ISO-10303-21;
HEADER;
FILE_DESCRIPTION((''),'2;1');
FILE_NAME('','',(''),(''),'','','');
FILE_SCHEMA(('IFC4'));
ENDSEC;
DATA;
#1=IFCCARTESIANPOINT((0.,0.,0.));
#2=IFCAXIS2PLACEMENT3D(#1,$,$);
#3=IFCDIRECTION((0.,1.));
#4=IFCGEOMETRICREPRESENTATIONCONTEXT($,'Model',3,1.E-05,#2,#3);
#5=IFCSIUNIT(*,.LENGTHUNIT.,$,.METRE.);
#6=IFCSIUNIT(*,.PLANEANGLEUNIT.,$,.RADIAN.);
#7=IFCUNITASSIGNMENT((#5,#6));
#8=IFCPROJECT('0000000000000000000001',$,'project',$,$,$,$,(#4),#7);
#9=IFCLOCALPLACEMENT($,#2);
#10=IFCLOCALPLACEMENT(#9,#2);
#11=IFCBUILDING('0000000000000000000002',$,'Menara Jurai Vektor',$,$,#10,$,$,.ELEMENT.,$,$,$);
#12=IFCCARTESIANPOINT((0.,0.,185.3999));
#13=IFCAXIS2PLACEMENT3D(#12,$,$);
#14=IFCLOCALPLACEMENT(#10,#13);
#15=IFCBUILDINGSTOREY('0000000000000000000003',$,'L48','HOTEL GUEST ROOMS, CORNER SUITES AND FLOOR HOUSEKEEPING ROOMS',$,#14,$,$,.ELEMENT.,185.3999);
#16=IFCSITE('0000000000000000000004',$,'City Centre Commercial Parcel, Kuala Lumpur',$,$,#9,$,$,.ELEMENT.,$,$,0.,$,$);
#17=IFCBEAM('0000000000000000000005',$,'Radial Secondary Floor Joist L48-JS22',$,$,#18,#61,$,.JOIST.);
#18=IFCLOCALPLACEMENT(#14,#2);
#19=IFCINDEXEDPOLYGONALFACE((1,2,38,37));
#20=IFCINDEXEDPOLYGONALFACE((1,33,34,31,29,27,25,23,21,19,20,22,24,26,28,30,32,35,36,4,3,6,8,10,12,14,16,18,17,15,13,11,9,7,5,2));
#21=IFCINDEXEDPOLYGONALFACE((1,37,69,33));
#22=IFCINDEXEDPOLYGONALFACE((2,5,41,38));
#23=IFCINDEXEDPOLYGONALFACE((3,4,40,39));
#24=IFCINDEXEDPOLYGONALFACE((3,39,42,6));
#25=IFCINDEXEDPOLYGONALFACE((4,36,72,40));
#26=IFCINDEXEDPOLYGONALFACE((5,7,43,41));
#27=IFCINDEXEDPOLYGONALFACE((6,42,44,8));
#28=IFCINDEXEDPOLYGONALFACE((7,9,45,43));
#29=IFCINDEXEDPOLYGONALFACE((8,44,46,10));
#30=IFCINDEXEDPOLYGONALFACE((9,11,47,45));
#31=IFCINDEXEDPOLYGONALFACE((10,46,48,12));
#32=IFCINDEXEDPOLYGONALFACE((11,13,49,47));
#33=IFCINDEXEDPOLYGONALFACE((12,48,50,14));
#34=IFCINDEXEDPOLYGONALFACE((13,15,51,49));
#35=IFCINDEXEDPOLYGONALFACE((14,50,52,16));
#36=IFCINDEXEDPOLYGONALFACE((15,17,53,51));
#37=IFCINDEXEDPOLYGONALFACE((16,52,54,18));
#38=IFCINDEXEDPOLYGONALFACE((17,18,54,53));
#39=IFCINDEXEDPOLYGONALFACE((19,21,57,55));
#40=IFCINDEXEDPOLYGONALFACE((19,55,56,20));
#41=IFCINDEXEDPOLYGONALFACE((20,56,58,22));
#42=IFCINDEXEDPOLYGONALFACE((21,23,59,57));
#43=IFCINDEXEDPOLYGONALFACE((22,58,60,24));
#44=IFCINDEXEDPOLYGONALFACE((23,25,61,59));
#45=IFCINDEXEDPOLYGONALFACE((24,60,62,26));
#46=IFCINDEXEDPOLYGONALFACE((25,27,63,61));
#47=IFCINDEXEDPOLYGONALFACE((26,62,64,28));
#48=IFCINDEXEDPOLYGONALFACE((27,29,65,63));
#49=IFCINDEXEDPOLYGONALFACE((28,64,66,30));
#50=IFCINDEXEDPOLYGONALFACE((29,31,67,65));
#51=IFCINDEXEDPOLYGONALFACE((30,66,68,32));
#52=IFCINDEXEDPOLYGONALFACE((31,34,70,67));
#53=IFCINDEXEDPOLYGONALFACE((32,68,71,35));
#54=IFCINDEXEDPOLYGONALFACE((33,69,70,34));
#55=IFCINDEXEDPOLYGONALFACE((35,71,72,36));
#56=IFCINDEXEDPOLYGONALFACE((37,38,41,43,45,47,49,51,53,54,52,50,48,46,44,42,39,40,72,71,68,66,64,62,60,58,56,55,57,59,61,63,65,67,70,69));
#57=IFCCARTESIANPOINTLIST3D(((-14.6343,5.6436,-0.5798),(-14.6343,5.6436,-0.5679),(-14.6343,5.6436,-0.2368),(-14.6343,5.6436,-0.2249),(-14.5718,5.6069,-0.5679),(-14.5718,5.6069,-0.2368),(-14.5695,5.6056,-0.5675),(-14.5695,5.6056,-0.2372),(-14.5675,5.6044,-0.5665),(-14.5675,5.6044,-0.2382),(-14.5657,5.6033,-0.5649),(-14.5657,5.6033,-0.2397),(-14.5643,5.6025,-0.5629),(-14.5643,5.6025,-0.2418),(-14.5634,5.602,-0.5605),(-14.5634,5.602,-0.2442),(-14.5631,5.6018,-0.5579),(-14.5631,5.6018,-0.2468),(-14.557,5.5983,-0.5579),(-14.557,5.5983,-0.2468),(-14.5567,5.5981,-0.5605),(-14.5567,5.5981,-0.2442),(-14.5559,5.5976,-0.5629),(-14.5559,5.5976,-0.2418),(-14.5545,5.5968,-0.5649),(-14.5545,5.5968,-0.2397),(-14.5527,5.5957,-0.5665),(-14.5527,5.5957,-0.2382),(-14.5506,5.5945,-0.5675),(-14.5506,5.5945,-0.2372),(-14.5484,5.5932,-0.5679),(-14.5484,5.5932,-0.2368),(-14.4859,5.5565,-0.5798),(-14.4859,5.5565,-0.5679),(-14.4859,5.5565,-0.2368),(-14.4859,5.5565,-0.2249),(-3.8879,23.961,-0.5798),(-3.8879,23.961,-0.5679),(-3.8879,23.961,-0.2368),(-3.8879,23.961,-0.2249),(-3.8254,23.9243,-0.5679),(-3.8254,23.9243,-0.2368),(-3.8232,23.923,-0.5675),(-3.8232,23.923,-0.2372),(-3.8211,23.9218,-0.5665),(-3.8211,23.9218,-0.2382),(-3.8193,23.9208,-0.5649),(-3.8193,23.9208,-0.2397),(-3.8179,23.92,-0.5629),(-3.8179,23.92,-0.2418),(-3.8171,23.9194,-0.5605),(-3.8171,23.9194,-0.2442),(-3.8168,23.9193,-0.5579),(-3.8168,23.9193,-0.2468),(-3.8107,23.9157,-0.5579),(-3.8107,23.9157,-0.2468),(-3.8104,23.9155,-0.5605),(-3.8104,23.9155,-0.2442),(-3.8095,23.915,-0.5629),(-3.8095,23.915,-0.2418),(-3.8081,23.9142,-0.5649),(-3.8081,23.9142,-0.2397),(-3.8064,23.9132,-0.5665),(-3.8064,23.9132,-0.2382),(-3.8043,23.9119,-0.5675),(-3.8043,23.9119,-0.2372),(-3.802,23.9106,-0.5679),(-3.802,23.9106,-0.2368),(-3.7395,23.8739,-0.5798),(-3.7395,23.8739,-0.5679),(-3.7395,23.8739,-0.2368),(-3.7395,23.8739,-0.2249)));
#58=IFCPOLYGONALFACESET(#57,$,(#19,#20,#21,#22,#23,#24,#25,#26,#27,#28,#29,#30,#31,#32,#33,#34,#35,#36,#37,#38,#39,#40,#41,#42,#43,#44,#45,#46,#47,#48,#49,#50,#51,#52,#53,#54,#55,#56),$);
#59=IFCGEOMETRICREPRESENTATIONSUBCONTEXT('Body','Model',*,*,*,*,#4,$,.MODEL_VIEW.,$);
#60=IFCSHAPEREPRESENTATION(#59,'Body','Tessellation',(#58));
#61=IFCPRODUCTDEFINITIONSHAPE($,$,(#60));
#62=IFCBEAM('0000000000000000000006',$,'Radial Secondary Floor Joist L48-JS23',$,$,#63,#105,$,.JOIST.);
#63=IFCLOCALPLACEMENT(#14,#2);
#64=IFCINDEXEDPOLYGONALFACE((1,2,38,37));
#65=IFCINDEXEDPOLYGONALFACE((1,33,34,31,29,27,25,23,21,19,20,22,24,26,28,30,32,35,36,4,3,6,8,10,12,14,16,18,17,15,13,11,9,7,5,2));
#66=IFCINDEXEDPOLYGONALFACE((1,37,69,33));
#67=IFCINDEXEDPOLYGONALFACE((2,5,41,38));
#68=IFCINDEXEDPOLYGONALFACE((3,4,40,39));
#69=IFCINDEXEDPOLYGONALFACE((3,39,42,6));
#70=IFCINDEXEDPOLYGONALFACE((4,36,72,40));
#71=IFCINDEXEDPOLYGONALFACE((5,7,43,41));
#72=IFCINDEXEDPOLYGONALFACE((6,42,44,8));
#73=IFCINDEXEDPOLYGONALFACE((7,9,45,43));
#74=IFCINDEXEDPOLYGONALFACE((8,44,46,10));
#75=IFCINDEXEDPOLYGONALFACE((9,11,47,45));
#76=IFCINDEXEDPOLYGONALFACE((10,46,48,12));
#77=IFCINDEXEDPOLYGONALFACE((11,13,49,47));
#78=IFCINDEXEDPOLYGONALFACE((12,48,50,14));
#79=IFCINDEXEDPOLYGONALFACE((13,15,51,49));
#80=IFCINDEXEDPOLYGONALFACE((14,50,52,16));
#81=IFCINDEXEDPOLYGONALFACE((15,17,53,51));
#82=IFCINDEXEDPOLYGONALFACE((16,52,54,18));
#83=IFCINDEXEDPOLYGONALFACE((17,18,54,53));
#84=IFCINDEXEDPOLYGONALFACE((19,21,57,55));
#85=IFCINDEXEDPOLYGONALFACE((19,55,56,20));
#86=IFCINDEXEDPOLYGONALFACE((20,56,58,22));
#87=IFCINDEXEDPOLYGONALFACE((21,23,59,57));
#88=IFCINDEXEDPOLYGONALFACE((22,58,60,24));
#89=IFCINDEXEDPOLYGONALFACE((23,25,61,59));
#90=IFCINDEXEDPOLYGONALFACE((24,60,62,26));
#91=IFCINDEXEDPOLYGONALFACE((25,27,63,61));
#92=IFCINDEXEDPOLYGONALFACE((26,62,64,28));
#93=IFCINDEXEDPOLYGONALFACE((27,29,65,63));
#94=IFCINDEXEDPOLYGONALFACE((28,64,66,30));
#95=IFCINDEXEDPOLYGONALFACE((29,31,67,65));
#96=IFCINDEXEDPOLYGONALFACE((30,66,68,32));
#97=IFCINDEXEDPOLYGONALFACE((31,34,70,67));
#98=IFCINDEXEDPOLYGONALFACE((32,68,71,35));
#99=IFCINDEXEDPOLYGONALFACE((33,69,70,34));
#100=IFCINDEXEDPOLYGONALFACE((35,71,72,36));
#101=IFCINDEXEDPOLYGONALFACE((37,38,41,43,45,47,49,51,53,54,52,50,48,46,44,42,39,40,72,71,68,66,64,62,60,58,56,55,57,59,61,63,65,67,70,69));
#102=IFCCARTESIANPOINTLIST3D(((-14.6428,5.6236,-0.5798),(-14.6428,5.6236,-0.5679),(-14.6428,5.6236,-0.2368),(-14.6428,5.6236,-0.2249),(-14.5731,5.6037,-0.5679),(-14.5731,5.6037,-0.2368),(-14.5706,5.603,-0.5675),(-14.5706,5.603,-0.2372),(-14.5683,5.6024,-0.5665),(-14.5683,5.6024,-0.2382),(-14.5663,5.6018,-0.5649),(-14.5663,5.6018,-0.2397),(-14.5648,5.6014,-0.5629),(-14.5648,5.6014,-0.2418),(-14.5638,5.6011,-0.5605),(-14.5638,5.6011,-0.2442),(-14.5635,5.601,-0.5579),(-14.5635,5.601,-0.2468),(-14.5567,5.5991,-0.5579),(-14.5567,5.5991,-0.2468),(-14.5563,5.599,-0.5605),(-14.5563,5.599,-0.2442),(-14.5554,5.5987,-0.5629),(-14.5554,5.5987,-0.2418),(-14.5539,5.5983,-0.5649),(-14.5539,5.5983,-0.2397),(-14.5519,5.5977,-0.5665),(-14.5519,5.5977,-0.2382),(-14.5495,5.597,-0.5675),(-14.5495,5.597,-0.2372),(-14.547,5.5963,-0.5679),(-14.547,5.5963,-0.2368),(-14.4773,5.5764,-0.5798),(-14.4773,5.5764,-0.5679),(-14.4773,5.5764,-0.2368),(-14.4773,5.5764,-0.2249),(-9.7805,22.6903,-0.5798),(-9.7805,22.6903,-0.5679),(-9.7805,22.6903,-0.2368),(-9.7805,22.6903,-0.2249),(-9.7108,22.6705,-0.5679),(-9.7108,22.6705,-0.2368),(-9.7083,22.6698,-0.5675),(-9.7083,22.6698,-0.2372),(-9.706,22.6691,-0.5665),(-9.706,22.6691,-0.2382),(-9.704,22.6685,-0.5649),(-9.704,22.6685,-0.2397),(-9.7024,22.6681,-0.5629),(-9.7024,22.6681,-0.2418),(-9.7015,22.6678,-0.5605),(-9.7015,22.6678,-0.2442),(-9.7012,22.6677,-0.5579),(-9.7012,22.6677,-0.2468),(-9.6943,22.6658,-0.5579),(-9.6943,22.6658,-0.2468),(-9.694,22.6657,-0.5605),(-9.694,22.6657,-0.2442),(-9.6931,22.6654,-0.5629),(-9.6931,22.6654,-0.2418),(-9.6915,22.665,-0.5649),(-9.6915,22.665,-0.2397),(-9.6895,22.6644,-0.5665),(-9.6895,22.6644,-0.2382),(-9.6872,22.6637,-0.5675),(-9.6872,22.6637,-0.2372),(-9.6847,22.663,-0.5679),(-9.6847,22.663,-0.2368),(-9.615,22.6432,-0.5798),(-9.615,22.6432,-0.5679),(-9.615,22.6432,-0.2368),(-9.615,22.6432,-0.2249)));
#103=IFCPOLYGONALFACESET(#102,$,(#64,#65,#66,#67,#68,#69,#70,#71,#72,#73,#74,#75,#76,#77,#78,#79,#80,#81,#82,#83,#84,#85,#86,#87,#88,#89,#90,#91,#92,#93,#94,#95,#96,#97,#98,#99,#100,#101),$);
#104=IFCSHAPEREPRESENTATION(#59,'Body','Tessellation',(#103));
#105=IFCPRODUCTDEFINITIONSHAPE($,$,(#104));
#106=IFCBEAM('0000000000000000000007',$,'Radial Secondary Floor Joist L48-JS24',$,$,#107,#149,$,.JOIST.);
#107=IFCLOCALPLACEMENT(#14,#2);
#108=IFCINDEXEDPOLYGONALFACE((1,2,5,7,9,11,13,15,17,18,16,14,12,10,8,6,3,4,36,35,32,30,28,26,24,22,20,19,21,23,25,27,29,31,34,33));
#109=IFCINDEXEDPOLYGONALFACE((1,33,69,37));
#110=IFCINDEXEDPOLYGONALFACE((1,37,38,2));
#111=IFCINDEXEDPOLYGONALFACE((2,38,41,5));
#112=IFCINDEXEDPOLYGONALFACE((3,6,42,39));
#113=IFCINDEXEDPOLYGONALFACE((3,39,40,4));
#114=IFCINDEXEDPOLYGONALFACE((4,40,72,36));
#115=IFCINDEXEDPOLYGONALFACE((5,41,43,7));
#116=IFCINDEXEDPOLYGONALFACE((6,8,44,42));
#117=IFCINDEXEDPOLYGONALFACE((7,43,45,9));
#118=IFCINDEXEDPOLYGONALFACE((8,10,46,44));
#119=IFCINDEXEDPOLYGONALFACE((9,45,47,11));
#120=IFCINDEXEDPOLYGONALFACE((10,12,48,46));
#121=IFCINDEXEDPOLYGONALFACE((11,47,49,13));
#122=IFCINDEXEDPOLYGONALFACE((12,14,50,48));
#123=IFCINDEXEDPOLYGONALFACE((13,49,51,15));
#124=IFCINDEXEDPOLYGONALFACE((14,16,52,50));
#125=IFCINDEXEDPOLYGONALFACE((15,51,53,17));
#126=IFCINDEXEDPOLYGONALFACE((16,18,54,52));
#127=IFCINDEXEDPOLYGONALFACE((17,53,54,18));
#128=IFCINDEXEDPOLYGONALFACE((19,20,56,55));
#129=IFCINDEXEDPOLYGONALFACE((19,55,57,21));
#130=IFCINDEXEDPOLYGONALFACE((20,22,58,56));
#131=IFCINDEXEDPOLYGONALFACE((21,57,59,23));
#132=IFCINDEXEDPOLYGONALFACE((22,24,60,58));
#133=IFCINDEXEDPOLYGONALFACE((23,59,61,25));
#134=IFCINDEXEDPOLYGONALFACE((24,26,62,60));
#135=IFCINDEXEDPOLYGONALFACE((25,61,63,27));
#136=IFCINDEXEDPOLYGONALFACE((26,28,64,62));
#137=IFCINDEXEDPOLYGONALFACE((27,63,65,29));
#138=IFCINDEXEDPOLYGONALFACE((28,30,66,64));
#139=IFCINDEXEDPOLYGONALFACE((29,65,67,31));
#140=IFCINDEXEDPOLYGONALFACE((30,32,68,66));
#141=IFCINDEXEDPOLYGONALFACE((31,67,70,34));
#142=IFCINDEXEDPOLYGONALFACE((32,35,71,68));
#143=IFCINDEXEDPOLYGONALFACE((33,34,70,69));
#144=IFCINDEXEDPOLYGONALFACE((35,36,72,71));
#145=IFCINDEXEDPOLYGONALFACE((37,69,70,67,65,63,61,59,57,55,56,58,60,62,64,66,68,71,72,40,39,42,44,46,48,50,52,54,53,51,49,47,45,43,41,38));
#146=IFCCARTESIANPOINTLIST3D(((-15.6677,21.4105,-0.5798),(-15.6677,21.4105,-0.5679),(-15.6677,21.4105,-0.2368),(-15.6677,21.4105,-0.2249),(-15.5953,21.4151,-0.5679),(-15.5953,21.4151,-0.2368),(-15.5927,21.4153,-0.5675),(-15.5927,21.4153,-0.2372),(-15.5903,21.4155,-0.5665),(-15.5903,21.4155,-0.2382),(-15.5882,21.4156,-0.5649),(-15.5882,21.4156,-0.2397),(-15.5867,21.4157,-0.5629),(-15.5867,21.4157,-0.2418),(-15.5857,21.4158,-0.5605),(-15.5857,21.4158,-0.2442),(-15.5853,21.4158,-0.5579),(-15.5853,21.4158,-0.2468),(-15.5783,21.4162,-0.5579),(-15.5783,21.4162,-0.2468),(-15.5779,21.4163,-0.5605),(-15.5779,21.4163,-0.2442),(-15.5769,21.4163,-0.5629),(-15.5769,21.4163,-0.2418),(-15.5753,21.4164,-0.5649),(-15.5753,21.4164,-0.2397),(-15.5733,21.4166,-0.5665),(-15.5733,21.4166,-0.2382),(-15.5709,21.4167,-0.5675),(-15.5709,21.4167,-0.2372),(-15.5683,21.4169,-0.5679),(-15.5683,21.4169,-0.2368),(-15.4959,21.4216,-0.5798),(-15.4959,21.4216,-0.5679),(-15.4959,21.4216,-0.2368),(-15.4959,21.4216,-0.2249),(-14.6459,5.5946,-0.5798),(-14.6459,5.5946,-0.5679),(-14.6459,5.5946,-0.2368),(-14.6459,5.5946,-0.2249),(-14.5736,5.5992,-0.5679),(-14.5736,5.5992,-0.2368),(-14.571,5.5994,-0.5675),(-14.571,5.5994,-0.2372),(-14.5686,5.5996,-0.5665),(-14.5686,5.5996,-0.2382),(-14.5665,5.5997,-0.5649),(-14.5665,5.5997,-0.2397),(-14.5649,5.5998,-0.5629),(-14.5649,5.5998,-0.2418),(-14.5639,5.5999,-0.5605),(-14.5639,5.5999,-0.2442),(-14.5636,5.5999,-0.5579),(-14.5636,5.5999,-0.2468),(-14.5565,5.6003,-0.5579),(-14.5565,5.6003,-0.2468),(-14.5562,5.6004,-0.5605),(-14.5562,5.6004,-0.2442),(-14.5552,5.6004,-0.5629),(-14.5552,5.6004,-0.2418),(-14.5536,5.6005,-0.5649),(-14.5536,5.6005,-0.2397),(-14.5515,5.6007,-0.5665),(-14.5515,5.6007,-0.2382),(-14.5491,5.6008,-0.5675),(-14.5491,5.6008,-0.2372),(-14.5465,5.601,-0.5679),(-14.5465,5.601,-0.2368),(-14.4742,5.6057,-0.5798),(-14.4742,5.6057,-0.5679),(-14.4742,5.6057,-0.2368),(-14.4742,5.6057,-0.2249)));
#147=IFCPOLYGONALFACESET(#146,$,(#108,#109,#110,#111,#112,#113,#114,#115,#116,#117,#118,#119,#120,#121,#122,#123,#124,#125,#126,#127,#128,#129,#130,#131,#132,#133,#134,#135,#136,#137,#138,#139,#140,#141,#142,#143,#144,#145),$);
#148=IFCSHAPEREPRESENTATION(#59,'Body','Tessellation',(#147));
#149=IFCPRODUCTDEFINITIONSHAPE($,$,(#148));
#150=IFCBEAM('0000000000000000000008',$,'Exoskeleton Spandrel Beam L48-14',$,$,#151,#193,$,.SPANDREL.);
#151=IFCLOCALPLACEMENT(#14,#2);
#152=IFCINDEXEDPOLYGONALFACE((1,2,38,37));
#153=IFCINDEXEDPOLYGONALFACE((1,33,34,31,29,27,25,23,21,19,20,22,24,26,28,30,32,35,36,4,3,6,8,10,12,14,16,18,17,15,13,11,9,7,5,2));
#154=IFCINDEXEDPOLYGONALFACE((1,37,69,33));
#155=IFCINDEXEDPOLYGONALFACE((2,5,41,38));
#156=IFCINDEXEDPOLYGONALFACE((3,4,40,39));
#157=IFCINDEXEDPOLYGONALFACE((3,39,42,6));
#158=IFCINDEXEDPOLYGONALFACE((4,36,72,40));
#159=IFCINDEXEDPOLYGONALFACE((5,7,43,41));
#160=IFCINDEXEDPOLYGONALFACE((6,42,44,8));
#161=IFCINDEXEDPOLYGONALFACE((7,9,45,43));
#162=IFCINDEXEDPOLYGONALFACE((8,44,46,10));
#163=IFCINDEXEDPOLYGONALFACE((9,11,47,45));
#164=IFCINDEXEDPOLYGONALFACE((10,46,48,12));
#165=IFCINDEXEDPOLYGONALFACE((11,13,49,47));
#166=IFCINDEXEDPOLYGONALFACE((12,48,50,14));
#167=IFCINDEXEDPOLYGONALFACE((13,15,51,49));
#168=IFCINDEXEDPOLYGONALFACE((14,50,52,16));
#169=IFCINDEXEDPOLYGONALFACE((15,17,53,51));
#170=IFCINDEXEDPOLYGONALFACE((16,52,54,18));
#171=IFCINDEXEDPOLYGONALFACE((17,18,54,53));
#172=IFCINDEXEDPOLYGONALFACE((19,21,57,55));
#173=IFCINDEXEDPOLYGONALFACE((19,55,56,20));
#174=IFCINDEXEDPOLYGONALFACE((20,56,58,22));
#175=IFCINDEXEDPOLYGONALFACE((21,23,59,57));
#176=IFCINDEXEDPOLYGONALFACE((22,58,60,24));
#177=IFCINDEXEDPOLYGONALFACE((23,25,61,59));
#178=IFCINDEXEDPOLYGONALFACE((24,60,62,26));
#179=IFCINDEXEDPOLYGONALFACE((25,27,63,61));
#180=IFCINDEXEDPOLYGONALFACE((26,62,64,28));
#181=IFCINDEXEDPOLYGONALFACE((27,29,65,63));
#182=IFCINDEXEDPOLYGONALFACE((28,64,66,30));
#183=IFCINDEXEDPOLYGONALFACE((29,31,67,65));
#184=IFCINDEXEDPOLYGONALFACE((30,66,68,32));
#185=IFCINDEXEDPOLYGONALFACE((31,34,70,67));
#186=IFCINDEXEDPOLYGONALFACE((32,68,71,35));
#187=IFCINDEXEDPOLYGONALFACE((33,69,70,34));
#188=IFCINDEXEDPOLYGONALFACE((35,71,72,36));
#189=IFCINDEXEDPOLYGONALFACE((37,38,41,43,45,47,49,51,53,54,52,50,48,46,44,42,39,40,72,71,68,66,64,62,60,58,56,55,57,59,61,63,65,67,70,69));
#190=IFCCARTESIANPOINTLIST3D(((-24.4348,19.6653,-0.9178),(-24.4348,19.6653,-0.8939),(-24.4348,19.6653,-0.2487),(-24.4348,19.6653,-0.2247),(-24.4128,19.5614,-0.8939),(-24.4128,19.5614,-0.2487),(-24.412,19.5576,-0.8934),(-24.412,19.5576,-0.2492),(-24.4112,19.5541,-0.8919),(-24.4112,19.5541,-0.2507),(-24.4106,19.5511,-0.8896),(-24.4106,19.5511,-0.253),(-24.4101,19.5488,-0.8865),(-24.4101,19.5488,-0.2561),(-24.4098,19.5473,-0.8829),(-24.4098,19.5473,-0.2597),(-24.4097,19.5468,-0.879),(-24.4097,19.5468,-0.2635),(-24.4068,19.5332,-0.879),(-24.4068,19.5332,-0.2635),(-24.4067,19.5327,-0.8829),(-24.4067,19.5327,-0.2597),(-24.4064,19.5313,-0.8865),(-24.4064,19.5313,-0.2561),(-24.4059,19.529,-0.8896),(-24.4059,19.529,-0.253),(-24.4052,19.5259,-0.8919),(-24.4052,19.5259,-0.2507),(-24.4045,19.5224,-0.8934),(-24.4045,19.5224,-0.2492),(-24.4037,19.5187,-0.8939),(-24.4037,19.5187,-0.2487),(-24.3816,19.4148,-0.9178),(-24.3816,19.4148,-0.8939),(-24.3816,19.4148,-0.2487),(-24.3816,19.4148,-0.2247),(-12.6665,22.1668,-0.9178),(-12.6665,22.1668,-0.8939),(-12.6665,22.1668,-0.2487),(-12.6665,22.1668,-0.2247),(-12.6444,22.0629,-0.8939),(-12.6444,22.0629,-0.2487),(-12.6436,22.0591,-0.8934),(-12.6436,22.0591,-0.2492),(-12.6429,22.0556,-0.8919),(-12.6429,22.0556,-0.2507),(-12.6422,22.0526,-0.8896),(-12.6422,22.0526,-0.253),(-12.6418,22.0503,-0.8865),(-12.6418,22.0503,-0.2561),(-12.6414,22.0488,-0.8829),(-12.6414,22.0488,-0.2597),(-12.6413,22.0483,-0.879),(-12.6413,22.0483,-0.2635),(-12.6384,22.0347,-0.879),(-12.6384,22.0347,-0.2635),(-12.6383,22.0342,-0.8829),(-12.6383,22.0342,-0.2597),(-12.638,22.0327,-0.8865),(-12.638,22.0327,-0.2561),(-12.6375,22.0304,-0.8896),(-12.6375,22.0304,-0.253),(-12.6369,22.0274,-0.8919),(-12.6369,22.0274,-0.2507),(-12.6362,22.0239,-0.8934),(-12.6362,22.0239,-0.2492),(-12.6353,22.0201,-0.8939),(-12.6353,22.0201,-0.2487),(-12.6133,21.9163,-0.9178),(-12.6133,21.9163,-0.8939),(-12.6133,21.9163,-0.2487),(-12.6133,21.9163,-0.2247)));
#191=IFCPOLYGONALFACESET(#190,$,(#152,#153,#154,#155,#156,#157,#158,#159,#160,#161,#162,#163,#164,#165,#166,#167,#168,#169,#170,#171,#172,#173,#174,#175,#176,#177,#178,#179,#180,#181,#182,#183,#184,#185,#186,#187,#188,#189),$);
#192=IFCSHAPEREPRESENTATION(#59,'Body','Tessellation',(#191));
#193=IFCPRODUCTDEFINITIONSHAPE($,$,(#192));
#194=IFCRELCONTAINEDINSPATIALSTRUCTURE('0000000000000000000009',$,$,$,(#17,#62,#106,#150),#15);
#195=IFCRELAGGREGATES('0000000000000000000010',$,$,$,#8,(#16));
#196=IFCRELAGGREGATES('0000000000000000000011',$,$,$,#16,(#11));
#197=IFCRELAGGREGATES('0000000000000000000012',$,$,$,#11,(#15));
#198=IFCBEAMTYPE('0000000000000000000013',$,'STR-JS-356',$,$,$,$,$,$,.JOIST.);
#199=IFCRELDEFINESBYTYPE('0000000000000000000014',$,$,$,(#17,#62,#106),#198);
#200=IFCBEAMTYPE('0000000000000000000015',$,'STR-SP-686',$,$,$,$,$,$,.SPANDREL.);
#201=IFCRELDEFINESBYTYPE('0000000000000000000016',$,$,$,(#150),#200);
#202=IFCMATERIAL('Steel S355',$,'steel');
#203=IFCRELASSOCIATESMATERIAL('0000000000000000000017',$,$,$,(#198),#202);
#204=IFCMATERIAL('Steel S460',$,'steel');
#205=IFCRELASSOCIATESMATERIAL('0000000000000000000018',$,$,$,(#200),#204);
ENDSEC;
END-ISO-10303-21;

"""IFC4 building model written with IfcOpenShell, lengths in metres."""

from ifc_helpers import new_model, si_unit, direction, frame, origin, origin_2d, place, context, subcontext, project, spatial, i_section, extrude, material, material_profile, profile_set, type_object, element, save


model = new_model("IFC4")

# Units and contexts
model_context = context("Model", 3, precision=1e-05, world=origin(), true_north=direction((0.0, 1.0)))
body_context = subcontext(model_context, "Body", "Model", "MODEL_VIEW")
ifc_project = project(units=[si_unit("LENGTHUNIT", "METRE"), si_unit("PLANEANGLEUNIT", "RADIAN")], contexts=[model_context])

# Site, building, storey
site_placement = place(None, origin())
site = spatial("IfcSite", under=ifc_project, at=site_placement, Name="City Centre Commercial Parcel, Kuala Lumpur", CompositionType="ELEMENT", RefElevation=0.0)
building_placement = place(site_placement, origin())
building = spatial("IfcBuilding", under=site, at=building_placement, Name="Menara Jurai Vektor", CompositionType="ELEMENT")
storey_placement = place(building_placement, frame((0.0, 0.0, 185.3999)))
storey = spatial("IfcBuildingStorey", under=building, at=storey_placement, Name="L48", Description="HOTEL GUEST ROOMS, CORNER SUITES AND FLOOR HOUSEKEEPING ROOMS", CompositionType="ELEMENT", Elevation=185.3999)

# Shared definitions
ifc_material_1 = material(Name="Steel S460", Category="steel")

# Beams
ifc_material_2 = material(Name="Steel S355", Category="steel")
ifc_material_profile_1 = material_profile(ifc_material_2, i_section(OverallWidth=0.1721, OverallDepth=0.355, WebThickness=0.0071, FlangeThickness=0.012, FilletRadius=0.01, at=origin_2d()), Name="UKB 356x171x51")
ifc_profile_set_1 = profile_set([ifc_material_profile_1], Name="Steel S355")
beam_type_1 = type_object("IfcBeamType", Name="STR-JS-356", PredefinedType="JOIST", material=ifc_profile_set_1)
beam_1_placement = place(storey_placement, frame((-3.8137, 23.9175, -0.4023), z_axis=(-0.50602, -0.862522, 0.0), x_axis=(0.862522, -0.50602, 0.0)))
element("IfcBeam", 1, at=beam_1_placement, inside=storey, type_object=beam_type_1, Name="Radial Secondary Floor Joist L48-JS22", PredefinedType="JOIST", context=body_context, shape_type="SweptSolid", body=[
    extrude(i_section(OverallWidth=0.1721, OverallDepth=0.355, WebThickness=0.0071, FlangeThickness=0.012, FilletRadius=0.01, at=origin_2d()), origin(), (0.0, 0.0, 1.0), 21.2371),
])
beam_2_placement = place(storey_placement, frame((-9.6978, 22.6667, -0.4023), z_axis=(-0.273998, -0.96173, 0.0), x_axis=(0.96173, -0.273998, 0.0)))
element("IfcBeam", 2, at=beam_2_placement, inside=storey, type_object=beam_type_1, Name="Radial Secondary Floor Joist L48-JS23", PredefinedType="JOIST", context=body_context, shape_type="SweptSolid", body=[
    extrude(i_section(OverallWidth=0.1721, OverallDepth=0.355, WebThickness=0.0071, FlangeThickness=0.012, FilletRadius=0.01, at=origin_2d()), origin(), (0.0, 0.0, 1.0), 17.7458),
])
beam_3_placement = place(storey_placement, frame((-15.5818, 21.416, -0.4023), z_axis=(0.064467, -0.99792, 0.0), x_axis=(0.99792, 0.064467, 0.0)))
element("IfcBeam", 3, at=beam_3_placement, inside=storey, type_object=beam_type_1, Name="Radial Secondary Floor Joist L48-JS24", PredefinedType="JOIST", context=body_context, shape_type="SweptSolid", body=[
    extrude(i_section(OverallWidth=0.1721, OverallDepth=0.355, WebThickness=0.0071, FlangeThickness=0.012, FilletRadius=0.01, at=origin_2d()), origin(), (0.0, 0.0, 1.0), 15.8489),
])
ifc_material_profile_2 = material_profile(ifc_material_1, i_section(OverallWidth=0.2561, OverallDepth=0.6931, WebThickness=0.0139, FlangeThickness=0.0239, FilletRadius=0.0149, at=origin_2d()), Name="UKB 686x254x170")
ifc_profile_set_2 = profile_set([ifc_material_profile_2], Name="Steel S460")
beam_type_2 = type_object("IfcBeamType", Name="STR-SP-686", PredefinedType="SPANDREL", material=ifc_profile_set_2)
beam_4_placement = place(storey_placement, frame((-12.6399, 22.0415, -0.5713), z_axis=(-0.978147, -0.207914, 0.0), x_axis=(0.207914, -0.978147, 0.0)))
element("IfcBeam", 4, at=beam_4_placement, inside=storey, type_object=beam_type_2, Name="Exoskeleton Spandrel Beam L48-14", PredefinedType="SPANDREL", context=body_context, shape_type="SweptSolid", body=[
    extrude(i_section(OverallWidth=0.2561, OverallDepth=0.6931, WebThickness=0.0139, FlangeThickness=0.0239, FilletRadius=0.0149, at=origin_2d()), origin(), (0.0, 0.0, 1.0), 12.0312),
])

save(model, "model.ifc")
